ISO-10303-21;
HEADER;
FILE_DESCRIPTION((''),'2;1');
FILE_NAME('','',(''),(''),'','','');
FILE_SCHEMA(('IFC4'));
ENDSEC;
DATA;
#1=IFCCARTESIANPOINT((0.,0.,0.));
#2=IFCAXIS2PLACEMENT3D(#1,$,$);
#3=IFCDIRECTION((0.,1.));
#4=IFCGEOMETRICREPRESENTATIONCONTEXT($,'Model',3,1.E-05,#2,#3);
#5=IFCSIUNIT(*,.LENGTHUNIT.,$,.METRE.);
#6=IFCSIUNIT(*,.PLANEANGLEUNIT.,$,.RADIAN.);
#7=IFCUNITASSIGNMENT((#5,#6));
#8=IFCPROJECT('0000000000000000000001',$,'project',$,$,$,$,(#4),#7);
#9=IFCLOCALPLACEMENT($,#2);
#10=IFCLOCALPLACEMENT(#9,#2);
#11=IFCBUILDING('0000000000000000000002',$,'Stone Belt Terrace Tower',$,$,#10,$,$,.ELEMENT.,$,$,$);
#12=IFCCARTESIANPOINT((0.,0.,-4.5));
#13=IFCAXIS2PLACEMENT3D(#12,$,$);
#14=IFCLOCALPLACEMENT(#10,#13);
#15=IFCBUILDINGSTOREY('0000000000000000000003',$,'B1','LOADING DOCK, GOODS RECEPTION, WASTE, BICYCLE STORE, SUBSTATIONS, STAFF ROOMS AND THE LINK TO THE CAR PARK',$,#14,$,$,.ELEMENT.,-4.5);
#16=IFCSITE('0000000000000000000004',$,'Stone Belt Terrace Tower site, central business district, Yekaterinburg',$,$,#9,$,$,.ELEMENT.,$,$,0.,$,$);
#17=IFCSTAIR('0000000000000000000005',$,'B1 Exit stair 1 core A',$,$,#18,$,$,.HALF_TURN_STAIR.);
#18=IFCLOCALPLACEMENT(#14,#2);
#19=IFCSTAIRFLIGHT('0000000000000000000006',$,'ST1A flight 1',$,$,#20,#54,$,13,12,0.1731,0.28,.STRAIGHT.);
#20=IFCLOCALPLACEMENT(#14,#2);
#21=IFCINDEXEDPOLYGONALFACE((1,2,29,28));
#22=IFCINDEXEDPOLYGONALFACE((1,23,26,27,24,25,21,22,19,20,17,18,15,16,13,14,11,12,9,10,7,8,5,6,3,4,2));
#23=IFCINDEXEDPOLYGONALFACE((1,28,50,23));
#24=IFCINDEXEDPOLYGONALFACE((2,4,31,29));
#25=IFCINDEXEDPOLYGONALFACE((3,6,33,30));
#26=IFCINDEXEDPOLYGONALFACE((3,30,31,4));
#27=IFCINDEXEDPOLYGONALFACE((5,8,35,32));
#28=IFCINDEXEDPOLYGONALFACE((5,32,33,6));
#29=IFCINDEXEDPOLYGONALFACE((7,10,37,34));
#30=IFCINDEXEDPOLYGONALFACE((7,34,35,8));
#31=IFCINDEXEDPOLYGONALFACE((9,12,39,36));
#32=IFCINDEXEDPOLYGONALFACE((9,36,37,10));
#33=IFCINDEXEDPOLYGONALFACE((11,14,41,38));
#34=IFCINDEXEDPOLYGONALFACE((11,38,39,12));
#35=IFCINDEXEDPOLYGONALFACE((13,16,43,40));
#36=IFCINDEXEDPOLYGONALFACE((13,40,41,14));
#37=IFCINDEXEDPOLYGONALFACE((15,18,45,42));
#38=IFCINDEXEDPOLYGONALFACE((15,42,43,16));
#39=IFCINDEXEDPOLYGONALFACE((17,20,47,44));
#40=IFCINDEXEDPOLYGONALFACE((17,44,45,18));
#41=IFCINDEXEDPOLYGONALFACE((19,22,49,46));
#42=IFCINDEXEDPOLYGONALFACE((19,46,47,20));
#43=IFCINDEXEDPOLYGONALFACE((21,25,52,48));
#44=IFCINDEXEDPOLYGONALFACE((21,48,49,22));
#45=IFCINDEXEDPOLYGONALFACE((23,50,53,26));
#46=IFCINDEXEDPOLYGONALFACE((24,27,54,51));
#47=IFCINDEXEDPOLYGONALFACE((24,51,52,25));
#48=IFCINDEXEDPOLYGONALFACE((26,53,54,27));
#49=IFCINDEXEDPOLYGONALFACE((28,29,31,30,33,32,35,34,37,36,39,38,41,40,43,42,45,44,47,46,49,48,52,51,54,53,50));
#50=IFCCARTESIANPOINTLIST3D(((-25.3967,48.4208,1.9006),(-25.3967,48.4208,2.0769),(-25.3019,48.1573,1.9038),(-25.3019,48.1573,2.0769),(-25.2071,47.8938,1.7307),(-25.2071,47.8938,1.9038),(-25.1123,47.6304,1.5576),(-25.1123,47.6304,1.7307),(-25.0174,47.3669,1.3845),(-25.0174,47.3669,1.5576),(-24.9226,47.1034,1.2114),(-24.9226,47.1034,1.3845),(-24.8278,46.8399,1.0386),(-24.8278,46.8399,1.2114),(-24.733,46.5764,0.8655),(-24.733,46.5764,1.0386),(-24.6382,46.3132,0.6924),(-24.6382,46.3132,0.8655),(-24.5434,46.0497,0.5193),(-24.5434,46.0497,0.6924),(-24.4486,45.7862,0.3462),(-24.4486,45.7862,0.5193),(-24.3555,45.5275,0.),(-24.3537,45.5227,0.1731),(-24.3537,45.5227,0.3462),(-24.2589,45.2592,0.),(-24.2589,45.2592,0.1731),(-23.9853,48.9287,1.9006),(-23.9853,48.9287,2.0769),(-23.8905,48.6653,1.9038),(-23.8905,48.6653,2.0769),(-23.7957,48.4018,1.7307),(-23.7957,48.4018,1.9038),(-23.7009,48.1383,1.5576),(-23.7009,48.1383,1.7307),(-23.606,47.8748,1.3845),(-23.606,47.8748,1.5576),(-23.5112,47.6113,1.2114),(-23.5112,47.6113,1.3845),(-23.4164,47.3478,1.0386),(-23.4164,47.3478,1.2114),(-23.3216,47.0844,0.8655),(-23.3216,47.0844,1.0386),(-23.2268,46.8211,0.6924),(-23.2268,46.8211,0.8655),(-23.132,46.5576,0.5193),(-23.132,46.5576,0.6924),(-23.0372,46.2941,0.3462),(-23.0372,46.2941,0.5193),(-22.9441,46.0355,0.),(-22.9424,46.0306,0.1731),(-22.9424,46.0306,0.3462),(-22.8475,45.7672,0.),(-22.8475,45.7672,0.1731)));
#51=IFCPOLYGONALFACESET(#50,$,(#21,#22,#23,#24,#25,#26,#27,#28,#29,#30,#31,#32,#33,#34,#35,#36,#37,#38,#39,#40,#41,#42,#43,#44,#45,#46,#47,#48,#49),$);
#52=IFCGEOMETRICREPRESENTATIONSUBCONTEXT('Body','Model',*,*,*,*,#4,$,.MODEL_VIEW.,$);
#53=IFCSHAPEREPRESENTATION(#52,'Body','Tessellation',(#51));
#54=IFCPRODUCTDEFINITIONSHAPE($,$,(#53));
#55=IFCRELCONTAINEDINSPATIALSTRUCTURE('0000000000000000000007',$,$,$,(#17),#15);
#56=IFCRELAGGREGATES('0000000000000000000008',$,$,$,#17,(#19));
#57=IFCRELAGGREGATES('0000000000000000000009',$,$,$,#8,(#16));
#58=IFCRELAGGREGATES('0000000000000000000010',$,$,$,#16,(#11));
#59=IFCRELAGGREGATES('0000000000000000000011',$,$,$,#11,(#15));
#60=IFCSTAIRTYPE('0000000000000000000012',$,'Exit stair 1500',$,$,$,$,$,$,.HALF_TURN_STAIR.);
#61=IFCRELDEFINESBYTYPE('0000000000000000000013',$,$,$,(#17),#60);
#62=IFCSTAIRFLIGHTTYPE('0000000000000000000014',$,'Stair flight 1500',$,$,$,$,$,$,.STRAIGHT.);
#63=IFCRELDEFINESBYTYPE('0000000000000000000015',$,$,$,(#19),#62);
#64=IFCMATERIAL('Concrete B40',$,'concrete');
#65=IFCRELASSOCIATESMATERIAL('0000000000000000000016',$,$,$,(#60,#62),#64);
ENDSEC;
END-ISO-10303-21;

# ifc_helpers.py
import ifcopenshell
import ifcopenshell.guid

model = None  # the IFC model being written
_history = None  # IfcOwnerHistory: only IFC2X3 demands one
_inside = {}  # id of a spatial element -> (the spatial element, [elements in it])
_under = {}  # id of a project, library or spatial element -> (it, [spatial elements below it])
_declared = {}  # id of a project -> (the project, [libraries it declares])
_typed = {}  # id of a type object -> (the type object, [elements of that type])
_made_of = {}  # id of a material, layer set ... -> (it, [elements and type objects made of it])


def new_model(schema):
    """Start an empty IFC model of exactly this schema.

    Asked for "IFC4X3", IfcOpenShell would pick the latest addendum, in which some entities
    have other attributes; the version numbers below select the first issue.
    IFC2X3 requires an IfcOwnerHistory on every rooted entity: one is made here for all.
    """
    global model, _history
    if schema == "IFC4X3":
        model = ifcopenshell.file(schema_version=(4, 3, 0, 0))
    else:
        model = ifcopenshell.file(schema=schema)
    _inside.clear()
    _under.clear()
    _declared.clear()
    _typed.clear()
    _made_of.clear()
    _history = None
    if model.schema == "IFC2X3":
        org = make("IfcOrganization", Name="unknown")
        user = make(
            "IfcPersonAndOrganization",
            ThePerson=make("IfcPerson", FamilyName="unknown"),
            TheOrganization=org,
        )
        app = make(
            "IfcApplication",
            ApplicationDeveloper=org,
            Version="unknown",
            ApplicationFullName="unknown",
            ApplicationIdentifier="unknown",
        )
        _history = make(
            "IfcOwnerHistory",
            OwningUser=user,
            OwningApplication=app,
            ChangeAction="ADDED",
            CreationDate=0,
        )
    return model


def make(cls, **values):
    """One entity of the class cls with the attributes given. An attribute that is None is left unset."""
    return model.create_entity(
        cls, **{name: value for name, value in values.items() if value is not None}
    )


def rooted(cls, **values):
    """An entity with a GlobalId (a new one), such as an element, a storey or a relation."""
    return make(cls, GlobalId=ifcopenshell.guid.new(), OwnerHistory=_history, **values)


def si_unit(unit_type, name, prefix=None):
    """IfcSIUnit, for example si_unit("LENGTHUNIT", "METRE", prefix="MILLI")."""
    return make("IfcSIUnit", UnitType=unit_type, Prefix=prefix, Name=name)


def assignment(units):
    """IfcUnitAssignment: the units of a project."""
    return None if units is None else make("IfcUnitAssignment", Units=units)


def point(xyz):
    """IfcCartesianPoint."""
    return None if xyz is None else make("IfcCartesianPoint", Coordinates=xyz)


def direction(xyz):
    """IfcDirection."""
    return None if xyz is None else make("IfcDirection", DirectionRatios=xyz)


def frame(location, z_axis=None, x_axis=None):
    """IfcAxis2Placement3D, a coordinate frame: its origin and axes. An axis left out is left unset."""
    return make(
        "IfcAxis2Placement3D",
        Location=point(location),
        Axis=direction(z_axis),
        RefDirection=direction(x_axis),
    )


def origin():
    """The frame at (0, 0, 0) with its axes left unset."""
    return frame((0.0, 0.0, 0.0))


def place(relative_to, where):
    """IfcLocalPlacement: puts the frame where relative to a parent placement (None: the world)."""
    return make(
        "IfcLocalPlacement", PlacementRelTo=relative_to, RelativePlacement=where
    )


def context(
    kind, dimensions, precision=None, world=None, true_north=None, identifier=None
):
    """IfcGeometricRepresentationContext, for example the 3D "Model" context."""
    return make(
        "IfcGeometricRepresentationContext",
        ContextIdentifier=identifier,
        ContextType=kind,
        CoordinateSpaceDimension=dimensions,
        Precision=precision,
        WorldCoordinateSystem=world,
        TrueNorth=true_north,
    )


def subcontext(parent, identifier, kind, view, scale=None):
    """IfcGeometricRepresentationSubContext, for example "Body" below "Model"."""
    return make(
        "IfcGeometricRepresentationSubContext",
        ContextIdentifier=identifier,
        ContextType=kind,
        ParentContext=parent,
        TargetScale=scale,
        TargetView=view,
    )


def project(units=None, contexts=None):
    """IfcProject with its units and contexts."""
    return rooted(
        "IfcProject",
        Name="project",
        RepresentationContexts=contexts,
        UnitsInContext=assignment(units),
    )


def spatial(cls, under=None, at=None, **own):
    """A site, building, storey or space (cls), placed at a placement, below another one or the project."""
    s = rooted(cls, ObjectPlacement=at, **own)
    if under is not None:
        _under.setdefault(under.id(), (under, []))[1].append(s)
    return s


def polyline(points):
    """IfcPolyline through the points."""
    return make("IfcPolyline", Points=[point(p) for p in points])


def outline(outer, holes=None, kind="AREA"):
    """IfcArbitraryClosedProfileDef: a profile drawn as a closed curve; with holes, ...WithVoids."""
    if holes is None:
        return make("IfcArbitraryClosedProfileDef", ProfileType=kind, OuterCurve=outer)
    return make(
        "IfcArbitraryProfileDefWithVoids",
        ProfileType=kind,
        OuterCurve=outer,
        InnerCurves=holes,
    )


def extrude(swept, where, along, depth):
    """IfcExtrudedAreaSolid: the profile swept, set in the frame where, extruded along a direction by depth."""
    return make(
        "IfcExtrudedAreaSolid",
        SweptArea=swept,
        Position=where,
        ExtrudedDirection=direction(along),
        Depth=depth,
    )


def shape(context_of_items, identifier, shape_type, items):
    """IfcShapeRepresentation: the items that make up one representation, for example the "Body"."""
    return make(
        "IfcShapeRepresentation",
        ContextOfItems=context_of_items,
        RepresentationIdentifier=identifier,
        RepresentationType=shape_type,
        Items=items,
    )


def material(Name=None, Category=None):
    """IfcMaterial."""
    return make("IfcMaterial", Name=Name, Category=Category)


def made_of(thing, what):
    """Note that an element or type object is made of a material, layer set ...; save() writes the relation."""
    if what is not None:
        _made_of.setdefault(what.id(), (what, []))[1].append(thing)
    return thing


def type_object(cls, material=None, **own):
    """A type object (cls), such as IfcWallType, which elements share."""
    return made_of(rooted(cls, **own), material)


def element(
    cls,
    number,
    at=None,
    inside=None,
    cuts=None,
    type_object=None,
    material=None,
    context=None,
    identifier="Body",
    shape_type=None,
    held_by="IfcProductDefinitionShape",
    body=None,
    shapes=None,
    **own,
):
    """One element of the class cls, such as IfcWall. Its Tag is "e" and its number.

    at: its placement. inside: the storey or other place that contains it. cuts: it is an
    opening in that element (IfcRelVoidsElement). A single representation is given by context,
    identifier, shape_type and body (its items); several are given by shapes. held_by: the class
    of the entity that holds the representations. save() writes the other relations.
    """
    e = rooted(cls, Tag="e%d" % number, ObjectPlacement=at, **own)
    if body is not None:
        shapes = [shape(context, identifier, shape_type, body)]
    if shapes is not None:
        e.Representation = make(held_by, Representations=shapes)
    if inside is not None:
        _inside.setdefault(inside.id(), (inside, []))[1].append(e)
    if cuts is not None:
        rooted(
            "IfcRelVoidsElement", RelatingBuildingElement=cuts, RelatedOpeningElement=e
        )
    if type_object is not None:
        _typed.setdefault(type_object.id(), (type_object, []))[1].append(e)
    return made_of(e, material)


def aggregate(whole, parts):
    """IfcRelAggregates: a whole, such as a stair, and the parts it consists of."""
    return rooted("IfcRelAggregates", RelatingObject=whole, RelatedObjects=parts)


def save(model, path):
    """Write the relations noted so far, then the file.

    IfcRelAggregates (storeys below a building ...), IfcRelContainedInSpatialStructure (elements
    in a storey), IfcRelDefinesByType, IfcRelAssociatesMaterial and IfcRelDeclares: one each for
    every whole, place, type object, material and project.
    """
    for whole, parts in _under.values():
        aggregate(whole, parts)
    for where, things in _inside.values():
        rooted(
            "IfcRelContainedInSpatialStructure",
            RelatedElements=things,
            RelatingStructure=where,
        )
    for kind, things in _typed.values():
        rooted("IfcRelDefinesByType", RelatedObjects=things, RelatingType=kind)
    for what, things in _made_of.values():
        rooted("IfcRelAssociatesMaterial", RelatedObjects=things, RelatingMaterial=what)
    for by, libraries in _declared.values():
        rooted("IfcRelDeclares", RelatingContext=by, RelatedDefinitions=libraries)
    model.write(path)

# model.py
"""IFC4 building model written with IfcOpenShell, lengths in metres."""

from ifc_helpers import new_model, si_unit, direction, frame, origin, place, context, subcontext, project, spatial, polyline, outline, extrude, material, type_object, element, aggregate, save


model = new_model("IFC4")

# Units and contexts
model_context = context("Model", 3, precision=1e-05, world=origin(), true_north=direction((0.0, 1.0)))
body_context = subcontext(model_context, "Body", "Model", "MODEL_VIEW")
ifc_project = project(units=[si_unit("LENGTHUNIT", "METRE"), si_unit("PLANEANGLEUNIT", "RADIAN")], contexts=[model_context])

# Site, building, storey
site_placement = place(None, origin())
site = spatial("IfcSite", under=ifc_project, at=site_placement, Name="Stone Belt Terrace Tower site, central business district, Yekaterinburg", CompositionType="ELEMENT", RefElevation=0.0)
building_placement = place(site_placement, origin())
building = spatial("IfcBuilding", under=site, at=building_placement, Name="Stone Belt Terrace Tower", CompositionType="ELEMENT")
storey_placement = place(building_placement, frame((0.0, 0.0, -4.5)))
storey = spatial("IfcBuildingStorey", under=building, at=storey_placement, Name="B1", Description="LOADING DOCK, GOODS RECEPTION, WASTE, BICYCLE STORE, SUBSTATIONS, STAFF ROOMS AND THE LINK TO THE CAR PARK", CompositionType="ELEMENT", Elevation=-4.5)

# Stair, stair flight
ifc_material_1 = material(Name="Concrete B40", Category="concrete")
stair_type = type_object("IfcStairType", Name="Exit stair 1500", PredefinedType="HALF_TURN_STAIR", material=ifc_material_1)
stair_placement = place(storey_placement, origin())
stair = element("IfcStair", 1, at=stair_placement, inside=storey, type_object=stair_type, Name="B1 Exit stair 1 core A", PredefinedType="HALF_TURN_STAIR")
stair_flight_type = type_object("IfcStairFlightType", Name="Stair flight 1500", PredefinedType="STRAIGHT", material=ifc_material_1)
stair_flight_placement = place(storey_placement, frame((-23.5532, 45.5132, 0.0), z_axis=(0.0, 0.0, 1.0), x_axis=(-0.338624, 0.940922, 0.0)))
stair_flight = element("IfcStairFlight", 2, at=stair_flight_placement, type_object=stair_flight_type, Name="ST1A flight 1", NumberOfRisers=13, NumberOfTreads=12, PredefinedType="STRAIGHT", RiserHeight=0.1731, TreadLength=0.28, context=body_context, shape_type="SweptSolid", body=[
    extrude(outline(polyline([(0.0, 0.0), (0.0, 0.1731), (0.28, 0.1731), (0.28, 0.3462), (0.5601, 0.3462), (0.5601, 0.5193), (0.8401, 0.5193), (0.8401, 0.6924), (1.1201, 0.6924), (1.1201, 0.8655), (1.3999, 0.8655), (1.3999, 1.0386), (1.6799, 1.0386), (1.6799, 1.2114), (1.96, 1.2114), (1.96, 1.3845), (2.24, 1.3845), (2.24, 1.5576), (2.52, 1.5576), (2.52, 1.7307), (2.8, 1.7307), (2.8, 1.9038), (3.0801, 1.9038), (3.0801, 2.0769), (3.3601, 2.0769), (3.3601, 2.25), (3.3601, 1.9006), (0.2852, 0.0), (0.0, 0.0)])), frame((0.0, 0.75, 0.0), z_axis=(0.0, -1.0, 0.0), x_axis=(1.0, 0.0, 0.0)), (0.0, 0.0, 1.0), 1.5),
])
aggregate(stair, [stair_flight])

save(model, "model.ifc")
